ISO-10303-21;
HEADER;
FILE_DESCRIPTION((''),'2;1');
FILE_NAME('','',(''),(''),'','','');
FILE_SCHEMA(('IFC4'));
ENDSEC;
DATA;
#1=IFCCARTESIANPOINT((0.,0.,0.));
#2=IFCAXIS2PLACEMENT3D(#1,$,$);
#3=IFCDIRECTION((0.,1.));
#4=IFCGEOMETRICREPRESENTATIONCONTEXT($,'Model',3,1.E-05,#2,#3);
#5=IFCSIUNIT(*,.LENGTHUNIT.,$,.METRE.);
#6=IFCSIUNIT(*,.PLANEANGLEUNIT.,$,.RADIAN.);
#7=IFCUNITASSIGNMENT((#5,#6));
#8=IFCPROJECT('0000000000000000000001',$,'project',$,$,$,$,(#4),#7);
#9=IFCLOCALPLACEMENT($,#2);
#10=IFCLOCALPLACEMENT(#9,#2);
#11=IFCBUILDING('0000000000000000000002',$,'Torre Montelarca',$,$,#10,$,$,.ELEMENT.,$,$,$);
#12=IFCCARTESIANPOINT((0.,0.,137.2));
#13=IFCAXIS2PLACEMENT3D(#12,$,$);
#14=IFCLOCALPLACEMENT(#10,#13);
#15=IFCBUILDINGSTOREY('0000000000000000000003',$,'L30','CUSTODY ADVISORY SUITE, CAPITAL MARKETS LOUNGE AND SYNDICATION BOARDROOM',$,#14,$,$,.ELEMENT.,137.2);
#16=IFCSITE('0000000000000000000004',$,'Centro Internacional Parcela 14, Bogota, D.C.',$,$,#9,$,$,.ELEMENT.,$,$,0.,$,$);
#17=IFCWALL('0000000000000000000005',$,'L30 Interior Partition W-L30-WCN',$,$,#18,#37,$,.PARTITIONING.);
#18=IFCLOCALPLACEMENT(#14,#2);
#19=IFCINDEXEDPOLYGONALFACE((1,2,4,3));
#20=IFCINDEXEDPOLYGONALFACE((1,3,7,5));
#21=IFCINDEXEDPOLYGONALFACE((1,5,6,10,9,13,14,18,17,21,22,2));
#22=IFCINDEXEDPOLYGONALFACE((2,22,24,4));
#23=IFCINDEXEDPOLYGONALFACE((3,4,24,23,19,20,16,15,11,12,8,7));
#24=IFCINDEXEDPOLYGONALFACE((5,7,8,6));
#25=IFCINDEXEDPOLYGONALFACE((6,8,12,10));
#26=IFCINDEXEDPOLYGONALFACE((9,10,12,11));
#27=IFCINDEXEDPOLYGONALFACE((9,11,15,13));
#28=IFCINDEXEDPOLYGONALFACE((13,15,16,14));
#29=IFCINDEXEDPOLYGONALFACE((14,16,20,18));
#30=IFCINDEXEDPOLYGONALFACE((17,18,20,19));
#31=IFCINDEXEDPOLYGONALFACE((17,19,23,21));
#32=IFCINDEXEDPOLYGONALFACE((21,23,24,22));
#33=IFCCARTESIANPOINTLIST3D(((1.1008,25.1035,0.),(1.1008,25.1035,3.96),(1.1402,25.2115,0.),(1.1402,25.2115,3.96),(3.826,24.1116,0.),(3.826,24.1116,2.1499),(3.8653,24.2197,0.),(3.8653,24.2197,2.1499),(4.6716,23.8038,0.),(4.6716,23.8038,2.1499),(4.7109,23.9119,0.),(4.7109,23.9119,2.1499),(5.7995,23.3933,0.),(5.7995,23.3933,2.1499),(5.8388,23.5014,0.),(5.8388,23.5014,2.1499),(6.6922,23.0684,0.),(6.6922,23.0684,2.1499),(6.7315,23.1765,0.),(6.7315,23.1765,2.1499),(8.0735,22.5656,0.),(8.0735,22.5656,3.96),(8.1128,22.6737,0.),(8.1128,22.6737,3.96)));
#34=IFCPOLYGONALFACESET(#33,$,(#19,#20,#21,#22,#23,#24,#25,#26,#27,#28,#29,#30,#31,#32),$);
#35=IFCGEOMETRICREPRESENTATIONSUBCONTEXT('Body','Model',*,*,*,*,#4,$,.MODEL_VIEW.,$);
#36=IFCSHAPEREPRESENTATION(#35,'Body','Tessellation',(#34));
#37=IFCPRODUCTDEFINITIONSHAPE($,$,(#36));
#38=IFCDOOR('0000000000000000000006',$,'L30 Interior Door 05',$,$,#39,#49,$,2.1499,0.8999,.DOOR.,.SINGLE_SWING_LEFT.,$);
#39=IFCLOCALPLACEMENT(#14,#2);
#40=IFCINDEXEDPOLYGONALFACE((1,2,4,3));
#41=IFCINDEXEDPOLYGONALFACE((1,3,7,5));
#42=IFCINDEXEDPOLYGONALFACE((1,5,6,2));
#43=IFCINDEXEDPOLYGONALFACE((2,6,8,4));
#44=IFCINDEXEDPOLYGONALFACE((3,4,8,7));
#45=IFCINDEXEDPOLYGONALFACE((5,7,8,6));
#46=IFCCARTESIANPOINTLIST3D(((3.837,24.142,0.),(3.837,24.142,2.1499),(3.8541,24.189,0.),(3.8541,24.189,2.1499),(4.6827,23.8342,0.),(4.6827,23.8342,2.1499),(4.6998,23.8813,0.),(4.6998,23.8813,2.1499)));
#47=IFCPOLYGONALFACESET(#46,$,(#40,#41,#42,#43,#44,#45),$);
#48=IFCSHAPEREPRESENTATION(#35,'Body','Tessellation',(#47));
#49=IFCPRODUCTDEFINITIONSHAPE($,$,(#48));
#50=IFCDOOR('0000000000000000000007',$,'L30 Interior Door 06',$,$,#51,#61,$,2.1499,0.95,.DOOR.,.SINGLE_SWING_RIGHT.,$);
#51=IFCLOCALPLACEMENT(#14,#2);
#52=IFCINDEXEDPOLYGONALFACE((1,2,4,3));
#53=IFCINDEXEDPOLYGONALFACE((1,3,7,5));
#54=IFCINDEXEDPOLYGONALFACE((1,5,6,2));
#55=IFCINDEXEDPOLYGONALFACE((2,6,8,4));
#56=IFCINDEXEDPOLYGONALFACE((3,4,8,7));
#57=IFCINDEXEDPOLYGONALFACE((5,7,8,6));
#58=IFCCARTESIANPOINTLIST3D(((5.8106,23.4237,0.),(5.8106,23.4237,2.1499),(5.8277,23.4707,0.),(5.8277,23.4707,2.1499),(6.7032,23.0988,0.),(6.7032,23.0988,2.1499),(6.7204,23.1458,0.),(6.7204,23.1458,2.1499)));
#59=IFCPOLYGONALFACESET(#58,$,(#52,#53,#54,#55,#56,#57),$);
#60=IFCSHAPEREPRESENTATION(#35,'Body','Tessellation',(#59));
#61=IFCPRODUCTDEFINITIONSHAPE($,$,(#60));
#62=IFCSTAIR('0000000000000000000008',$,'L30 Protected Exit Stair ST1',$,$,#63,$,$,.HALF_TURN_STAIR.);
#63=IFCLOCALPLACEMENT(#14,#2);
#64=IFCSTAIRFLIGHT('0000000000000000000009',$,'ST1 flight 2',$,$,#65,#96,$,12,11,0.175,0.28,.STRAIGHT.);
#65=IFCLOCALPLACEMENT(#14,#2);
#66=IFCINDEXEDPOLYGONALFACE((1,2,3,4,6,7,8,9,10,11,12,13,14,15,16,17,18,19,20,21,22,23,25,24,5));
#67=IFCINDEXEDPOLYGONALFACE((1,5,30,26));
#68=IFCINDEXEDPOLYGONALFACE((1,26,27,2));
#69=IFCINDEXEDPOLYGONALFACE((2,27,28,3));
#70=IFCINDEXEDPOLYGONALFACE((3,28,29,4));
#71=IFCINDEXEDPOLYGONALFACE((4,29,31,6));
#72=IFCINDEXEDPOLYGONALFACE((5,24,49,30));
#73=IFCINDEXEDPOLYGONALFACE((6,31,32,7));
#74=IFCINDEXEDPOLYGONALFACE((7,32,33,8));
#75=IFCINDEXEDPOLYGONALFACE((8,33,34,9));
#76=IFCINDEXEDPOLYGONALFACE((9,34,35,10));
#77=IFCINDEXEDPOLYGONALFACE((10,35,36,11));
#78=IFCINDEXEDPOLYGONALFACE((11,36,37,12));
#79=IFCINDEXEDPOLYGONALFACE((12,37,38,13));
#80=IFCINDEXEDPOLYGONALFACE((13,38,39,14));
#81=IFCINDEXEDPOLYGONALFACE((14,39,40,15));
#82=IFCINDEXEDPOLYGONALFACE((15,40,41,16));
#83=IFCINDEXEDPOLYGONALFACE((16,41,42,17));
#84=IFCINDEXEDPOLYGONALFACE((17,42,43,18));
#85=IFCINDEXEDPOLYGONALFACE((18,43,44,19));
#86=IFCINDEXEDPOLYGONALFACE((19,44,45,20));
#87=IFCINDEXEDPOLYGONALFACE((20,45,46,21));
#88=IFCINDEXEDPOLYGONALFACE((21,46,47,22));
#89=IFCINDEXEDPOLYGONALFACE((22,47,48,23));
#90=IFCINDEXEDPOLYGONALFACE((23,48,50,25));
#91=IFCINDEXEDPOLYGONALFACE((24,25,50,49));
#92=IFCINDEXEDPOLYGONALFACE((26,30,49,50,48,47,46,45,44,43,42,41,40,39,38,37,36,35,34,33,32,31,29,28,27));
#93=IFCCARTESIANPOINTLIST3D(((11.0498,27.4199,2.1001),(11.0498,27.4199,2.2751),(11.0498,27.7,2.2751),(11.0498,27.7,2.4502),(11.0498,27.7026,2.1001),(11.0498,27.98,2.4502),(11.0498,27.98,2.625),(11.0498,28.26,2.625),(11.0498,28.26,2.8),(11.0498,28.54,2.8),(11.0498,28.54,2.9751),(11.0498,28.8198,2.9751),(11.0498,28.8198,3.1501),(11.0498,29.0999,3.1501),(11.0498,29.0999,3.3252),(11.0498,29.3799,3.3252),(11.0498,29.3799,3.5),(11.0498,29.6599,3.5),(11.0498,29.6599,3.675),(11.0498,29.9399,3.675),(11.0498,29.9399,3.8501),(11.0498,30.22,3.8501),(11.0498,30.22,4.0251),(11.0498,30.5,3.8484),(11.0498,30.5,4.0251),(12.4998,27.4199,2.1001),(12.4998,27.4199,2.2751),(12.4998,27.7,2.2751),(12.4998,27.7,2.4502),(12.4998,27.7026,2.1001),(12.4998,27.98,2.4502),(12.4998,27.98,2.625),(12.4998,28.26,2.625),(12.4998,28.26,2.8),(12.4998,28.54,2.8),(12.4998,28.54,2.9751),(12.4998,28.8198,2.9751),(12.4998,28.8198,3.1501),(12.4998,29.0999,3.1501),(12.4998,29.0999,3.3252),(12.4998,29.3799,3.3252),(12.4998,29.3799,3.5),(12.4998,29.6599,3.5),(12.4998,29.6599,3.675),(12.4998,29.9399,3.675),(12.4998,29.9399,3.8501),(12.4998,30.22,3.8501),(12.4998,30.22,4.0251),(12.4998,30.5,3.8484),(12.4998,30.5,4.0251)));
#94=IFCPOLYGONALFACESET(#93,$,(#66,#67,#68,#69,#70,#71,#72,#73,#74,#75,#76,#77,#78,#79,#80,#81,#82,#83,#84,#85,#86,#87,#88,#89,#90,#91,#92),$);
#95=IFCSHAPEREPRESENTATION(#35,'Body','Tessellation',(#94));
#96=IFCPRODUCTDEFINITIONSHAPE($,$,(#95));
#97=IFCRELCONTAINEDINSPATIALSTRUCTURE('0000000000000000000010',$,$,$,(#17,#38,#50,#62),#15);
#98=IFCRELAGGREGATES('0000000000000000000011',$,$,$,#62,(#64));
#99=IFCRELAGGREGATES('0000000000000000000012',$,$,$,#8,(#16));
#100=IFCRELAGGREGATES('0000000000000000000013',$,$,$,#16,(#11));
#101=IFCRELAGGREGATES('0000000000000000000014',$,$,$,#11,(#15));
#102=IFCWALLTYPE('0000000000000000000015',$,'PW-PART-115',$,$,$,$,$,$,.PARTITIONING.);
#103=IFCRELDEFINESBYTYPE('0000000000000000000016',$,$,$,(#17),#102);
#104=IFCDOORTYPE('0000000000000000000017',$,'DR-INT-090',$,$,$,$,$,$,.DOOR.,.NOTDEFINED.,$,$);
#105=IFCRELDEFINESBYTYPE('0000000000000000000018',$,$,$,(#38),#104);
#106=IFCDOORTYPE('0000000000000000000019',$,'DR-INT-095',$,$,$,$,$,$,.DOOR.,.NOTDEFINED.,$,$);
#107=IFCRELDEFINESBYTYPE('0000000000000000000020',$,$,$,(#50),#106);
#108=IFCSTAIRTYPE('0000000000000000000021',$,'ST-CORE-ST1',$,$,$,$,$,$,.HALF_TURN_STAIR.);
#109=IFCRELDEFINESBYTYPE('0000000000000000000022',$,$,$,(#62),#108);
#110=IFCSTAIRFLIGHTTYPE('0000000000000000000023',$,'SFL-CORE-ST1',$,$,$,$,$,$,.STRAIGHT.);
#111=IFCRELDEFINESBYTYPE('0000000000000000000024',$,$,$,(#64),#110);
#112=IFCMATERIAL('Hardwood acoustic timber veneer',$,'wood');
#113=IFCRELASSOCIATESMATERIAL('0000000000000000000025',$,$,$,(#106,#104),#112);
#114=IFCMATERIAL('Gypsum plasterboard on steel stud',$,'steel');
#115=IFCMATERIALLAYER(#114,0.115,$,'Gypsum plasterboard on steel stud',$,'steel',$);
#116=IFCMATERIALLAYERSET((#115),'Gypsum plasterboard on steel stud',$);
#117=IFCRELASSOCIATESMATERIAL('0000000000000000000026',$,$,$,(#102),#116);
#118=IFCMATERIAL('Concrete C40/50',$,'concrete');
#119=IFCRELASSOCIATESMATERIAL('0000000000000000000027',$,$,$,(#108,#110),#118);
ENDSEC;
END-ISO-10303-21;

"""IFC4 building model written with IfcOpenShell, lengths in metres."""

from ifc_helpers import new_model, si_unit, direction, frame, frame_2d, origin, place, context, subcontext, project, spatial, polyline, rectangle, outline, extrude, source, transform, mapped, material, layer, layer_set, type_object, element, fill, aggregate, save


model = new_model("IFC4")

# Units and contexts
model_context = context("Model", 3, precision=1e-05, world=origin(), true_north=direction((0.0, 1.0)))
body_context = subcontext(model_context, "Body", "Model", "MODEL_VIEW")
ifc_project = project(units=[si_unit("LENGTHUNIT", "METRE"), si_unit("PLANEANGLEUNIT", "RADIAN")], contexts=[model_context])

# Site, building, storey
site_placement = place(None, origin())
site = spatial("IfcSite", under=ifc_project, at=site_placement, Name="Centro Internacional Parcela 14, Bogota, D.C.", CompositionType="ELEMENT", RefElevation=0.0)
building_placement = place(site_placement, origin())
building = spatial("IfcBuilding", under=site, at=building_placement, Name="Torre Montelarca", CompositionType="ELEMENT")
storey_placement = place(building_placement, frame((0.0, 0.0, 137.2)))
storey = spatial("IfcBuildingStorey", under=building, at=storey_placement, Name="L30", Description="CUSTODY ADVISORY SUITE, CAPITAL MARKETS LOUNGE AND SYNDICATION BOARDROOM", CompositionType="ELEMENT", Elevation=137.2)

# Shared definitions
ifc_material_1 = material(Name="Concrete C40/50", Category="concrete")

# Shared definitions
ifc_material_2 = material(Name="Gypsum plasterboard on steel stud", Category="steel")

# Shared definitions
ifc_material_3 = material(Name="Hardwood acoustic timber veneer", Category="wood")
door_type_1 = type_object("IfcDoorType", Name="DR-INT-095", OperationType="NOTDEFINED", PredefinedType="DOOR", material=ifc_material_3)
shared_shape_1 = source(origin(), body_context, "Body", "SweptSolid", [
    extrude(rectangle(XDim=0.95, YDim=2.1499, at=frame_2d((0.4751, 1.075))), frame((0.0, 0.0249, 0.0), z_axis=(0.0, -1.0, 0.0), x_axis=(1.0, 0.0, 0.0)), (0.0, 0.0, 1.0), 0.05),
])

# Wall, openings, doors
ifc_layer_1 = layer(ifc_material_2, 0.115, Name="Gypsum plasterboard on steel stud", Category="steel")
ifc_layer_set_1 = layer_set([ifc_layer_1], Name="Gypsum plasterboard on steel stud")
wall_type_1 = type_object("IfcWallType", Name="PW-PART-115", PredefinedType="PARTITIONING", material=ifc_layer_set_1)
wall_1_placement = place(storey_placement, frame((1.1206, 25.1575, 0.0), z_axis=(0.0, 0.0, 1.0), x_axis=(0.939693, -0.34202, 0.0)))
wall_1 = element("IfcWall", 1, at=wall_1_placement, inside=storey, type_object=wall_type_1, Name="L30 Interior Partition W-L30-WCN", PredefinedType="PARTITIONING", context=body_context, shape_type="SweptSolid", body=[
    extrude(rectangle(XDim=7.4202, YDim=0.115, at=frame_2d((3.71, 0.0))), origin(), (0.0, 0.0, 1.0), 3.96),
])
opening_1_placement = place(wall_1_placement, frame((2.8999, 0.0, 0.0)))
opening_1 = element("IfcOpeningElement", 2, at=opening_1_placement, cuts=wall_1, PredefinedType="OPENING", context=body_context, shape_type="SweptSolid", body=[
    extrude(rectangle(XDim=0.8999, YDim=2.1499, at=frame_2d((0.45, 1.075))), frame((0.0, 0.0674, 0.0), z_axis=(0.0, -1.0, 0.0), x_axis=(1.0, 0.0, 0.0)), (0.0, 0.0, 1.0), 0.135),
])
opening_2_placement = place(wall_1_placement, frame((5.0, 0.0, 0.0)))
opening_2 = element("IfcOpeningElement", 3, at=opening_2_placement, cuts=wall_1, PredefinedType="OPENING", context=body_context, shape_type="SweptSolid", body=[
    extrude(rectangle(XDim=0.95, YDim=2.1499, at=frame_2d((0.4751, 1.075))), frame((0.0, 0.0674, 0.0), z_axis=(0.0, -1.0, 0.0), x_axis=(1.0, 0.0, 0.0)), (0.0, 0.0, 1.0), 0.135),
])
door_type_2 = type_object("IfcDoorType", Name="DR-INT-090", OperationType="NOTDEFINED", PredefinedType="DOOR", material=ifc_material_3)
shared_shape_2 = source(origin(), body_context, "Body", "SweptSolid", [
    extrude(rectangle(XDim=0.8999, YDim=2.1499, at=frame_2d((0.45, 1.075))), frame((0.0, 0.0249, 0.0), z_axis=(0.0, -1.0, 0.0), x_axis=(1.0, 0.0, 0.0)), (0.0, 0.0, 1.0), 0.05),
])
door_1_placement = place(opening_1_placement, origin())
door_1 = element("IfcDoor", 4, at=door_1_placement, inside=storey, type_object=door_type_2, Name="L30 Interior Door 05", OperationType="SINGLE_SWING_LEFT", OverallHeight=2.1499, OverallWidth=0.8999, PredefinedType="DOOR", context=body_context, shape_type="MappedRepresentation", body=[
    mapped(shared_shape_2, transform((0.0, 0.0, 0.0), scale=1.0)),
])
fill(opening_1, door_1)
door_2_placement = place(opening_2_placement, origin())
door_2 = element("IfcDoor", 5, at=door_2_placement, inside=storey, type_object=door_type_1, Name="L30 Interior Door 06", OperationType="SINGLE_SWING_RIGHT", OverallHeight=2.1499, OverallWidth=0.95, PredefinedType="DOOR", context=body_context, shape_type="MappedRepresentation", body=[
    mapped(shared_shape_1, transform((0.0, 0.0, 0.0), scale=1.0)),
])
fill(opening_2, door_2)

# Stair, stair flight
stair_type = type_object("IfcStairType", Name="ST-CORE-ST1", PredefinedType="HALF_TURN_STAIR", material=ifc_material_1)
stair_placement = place(storey_placement, origin())
stair = element("IfcStair", 6, at=stair_placement, inside=storey, type_object=stair_type, Name="L30 Protected Exit Stair ST1", PredefinedType="HALF_TURN_STAIR")
stair_flight_type = type_object("IfcStairFlightType", Name="SFL-CORE-ST1", PredefinedType="STRAIGHT", material=ifc_material_1)
stair_flight_placement = place(storey_placement, frame((11.7749, 27.4199, 2.1001), z_axis=(0.0, 0.0, 1.0), x_axis=(0.0, 1.0, 0.0)))
stair_flight = element("IfcStairFlight", 7, at=stair_flight_placement, type_object=stair_flight_type, Name="ST1 flight 2", NumberOfRisers=12, NumberOfTreads=11, PredefinedType="STRAIGHT", RiserHeight=0.175, TreadLength=0.28, context=body_context, shape_type="SweptSolid", body=[
    extrude(outline(polyline([(0.0, 0.0), (0.0, 0.175), (0.28, 0.175), (0.28, 0.3501), (0.5601, 0.3501), (0.5601, 0.5249), (0.8401, 0.5249), (0.8401, 0.7), (1.1201, 0.7), (1.1201, 0.875), (1.3999, 0.875), (1.3999, 1.05), (1.6799, 1.05), (1.6799, 1.2251), (1.96, 1.2251), (1.96, 1.3999), (2.24, 1.3999), (2.24, 1.575), (2.52, 1.575), (2.52, 1.75), (2.8, 1.75), (2.8, 1.925), (3.0801, 1.925), (3.0801, 2.1001), (3.0801, 1.7483), (0.2827, 0.0), (0.0, 0.0)])), frame((0.0, 0.7251, 0.0), z_axis=(0.0, -1.0, 0.0), x_axis=(1.0, 0.0, 0.0)), (0.0, 0.0, 1.0), 1.45),
])
aggregate(stair, [stair_flight])

save(model, "model.ifc")
